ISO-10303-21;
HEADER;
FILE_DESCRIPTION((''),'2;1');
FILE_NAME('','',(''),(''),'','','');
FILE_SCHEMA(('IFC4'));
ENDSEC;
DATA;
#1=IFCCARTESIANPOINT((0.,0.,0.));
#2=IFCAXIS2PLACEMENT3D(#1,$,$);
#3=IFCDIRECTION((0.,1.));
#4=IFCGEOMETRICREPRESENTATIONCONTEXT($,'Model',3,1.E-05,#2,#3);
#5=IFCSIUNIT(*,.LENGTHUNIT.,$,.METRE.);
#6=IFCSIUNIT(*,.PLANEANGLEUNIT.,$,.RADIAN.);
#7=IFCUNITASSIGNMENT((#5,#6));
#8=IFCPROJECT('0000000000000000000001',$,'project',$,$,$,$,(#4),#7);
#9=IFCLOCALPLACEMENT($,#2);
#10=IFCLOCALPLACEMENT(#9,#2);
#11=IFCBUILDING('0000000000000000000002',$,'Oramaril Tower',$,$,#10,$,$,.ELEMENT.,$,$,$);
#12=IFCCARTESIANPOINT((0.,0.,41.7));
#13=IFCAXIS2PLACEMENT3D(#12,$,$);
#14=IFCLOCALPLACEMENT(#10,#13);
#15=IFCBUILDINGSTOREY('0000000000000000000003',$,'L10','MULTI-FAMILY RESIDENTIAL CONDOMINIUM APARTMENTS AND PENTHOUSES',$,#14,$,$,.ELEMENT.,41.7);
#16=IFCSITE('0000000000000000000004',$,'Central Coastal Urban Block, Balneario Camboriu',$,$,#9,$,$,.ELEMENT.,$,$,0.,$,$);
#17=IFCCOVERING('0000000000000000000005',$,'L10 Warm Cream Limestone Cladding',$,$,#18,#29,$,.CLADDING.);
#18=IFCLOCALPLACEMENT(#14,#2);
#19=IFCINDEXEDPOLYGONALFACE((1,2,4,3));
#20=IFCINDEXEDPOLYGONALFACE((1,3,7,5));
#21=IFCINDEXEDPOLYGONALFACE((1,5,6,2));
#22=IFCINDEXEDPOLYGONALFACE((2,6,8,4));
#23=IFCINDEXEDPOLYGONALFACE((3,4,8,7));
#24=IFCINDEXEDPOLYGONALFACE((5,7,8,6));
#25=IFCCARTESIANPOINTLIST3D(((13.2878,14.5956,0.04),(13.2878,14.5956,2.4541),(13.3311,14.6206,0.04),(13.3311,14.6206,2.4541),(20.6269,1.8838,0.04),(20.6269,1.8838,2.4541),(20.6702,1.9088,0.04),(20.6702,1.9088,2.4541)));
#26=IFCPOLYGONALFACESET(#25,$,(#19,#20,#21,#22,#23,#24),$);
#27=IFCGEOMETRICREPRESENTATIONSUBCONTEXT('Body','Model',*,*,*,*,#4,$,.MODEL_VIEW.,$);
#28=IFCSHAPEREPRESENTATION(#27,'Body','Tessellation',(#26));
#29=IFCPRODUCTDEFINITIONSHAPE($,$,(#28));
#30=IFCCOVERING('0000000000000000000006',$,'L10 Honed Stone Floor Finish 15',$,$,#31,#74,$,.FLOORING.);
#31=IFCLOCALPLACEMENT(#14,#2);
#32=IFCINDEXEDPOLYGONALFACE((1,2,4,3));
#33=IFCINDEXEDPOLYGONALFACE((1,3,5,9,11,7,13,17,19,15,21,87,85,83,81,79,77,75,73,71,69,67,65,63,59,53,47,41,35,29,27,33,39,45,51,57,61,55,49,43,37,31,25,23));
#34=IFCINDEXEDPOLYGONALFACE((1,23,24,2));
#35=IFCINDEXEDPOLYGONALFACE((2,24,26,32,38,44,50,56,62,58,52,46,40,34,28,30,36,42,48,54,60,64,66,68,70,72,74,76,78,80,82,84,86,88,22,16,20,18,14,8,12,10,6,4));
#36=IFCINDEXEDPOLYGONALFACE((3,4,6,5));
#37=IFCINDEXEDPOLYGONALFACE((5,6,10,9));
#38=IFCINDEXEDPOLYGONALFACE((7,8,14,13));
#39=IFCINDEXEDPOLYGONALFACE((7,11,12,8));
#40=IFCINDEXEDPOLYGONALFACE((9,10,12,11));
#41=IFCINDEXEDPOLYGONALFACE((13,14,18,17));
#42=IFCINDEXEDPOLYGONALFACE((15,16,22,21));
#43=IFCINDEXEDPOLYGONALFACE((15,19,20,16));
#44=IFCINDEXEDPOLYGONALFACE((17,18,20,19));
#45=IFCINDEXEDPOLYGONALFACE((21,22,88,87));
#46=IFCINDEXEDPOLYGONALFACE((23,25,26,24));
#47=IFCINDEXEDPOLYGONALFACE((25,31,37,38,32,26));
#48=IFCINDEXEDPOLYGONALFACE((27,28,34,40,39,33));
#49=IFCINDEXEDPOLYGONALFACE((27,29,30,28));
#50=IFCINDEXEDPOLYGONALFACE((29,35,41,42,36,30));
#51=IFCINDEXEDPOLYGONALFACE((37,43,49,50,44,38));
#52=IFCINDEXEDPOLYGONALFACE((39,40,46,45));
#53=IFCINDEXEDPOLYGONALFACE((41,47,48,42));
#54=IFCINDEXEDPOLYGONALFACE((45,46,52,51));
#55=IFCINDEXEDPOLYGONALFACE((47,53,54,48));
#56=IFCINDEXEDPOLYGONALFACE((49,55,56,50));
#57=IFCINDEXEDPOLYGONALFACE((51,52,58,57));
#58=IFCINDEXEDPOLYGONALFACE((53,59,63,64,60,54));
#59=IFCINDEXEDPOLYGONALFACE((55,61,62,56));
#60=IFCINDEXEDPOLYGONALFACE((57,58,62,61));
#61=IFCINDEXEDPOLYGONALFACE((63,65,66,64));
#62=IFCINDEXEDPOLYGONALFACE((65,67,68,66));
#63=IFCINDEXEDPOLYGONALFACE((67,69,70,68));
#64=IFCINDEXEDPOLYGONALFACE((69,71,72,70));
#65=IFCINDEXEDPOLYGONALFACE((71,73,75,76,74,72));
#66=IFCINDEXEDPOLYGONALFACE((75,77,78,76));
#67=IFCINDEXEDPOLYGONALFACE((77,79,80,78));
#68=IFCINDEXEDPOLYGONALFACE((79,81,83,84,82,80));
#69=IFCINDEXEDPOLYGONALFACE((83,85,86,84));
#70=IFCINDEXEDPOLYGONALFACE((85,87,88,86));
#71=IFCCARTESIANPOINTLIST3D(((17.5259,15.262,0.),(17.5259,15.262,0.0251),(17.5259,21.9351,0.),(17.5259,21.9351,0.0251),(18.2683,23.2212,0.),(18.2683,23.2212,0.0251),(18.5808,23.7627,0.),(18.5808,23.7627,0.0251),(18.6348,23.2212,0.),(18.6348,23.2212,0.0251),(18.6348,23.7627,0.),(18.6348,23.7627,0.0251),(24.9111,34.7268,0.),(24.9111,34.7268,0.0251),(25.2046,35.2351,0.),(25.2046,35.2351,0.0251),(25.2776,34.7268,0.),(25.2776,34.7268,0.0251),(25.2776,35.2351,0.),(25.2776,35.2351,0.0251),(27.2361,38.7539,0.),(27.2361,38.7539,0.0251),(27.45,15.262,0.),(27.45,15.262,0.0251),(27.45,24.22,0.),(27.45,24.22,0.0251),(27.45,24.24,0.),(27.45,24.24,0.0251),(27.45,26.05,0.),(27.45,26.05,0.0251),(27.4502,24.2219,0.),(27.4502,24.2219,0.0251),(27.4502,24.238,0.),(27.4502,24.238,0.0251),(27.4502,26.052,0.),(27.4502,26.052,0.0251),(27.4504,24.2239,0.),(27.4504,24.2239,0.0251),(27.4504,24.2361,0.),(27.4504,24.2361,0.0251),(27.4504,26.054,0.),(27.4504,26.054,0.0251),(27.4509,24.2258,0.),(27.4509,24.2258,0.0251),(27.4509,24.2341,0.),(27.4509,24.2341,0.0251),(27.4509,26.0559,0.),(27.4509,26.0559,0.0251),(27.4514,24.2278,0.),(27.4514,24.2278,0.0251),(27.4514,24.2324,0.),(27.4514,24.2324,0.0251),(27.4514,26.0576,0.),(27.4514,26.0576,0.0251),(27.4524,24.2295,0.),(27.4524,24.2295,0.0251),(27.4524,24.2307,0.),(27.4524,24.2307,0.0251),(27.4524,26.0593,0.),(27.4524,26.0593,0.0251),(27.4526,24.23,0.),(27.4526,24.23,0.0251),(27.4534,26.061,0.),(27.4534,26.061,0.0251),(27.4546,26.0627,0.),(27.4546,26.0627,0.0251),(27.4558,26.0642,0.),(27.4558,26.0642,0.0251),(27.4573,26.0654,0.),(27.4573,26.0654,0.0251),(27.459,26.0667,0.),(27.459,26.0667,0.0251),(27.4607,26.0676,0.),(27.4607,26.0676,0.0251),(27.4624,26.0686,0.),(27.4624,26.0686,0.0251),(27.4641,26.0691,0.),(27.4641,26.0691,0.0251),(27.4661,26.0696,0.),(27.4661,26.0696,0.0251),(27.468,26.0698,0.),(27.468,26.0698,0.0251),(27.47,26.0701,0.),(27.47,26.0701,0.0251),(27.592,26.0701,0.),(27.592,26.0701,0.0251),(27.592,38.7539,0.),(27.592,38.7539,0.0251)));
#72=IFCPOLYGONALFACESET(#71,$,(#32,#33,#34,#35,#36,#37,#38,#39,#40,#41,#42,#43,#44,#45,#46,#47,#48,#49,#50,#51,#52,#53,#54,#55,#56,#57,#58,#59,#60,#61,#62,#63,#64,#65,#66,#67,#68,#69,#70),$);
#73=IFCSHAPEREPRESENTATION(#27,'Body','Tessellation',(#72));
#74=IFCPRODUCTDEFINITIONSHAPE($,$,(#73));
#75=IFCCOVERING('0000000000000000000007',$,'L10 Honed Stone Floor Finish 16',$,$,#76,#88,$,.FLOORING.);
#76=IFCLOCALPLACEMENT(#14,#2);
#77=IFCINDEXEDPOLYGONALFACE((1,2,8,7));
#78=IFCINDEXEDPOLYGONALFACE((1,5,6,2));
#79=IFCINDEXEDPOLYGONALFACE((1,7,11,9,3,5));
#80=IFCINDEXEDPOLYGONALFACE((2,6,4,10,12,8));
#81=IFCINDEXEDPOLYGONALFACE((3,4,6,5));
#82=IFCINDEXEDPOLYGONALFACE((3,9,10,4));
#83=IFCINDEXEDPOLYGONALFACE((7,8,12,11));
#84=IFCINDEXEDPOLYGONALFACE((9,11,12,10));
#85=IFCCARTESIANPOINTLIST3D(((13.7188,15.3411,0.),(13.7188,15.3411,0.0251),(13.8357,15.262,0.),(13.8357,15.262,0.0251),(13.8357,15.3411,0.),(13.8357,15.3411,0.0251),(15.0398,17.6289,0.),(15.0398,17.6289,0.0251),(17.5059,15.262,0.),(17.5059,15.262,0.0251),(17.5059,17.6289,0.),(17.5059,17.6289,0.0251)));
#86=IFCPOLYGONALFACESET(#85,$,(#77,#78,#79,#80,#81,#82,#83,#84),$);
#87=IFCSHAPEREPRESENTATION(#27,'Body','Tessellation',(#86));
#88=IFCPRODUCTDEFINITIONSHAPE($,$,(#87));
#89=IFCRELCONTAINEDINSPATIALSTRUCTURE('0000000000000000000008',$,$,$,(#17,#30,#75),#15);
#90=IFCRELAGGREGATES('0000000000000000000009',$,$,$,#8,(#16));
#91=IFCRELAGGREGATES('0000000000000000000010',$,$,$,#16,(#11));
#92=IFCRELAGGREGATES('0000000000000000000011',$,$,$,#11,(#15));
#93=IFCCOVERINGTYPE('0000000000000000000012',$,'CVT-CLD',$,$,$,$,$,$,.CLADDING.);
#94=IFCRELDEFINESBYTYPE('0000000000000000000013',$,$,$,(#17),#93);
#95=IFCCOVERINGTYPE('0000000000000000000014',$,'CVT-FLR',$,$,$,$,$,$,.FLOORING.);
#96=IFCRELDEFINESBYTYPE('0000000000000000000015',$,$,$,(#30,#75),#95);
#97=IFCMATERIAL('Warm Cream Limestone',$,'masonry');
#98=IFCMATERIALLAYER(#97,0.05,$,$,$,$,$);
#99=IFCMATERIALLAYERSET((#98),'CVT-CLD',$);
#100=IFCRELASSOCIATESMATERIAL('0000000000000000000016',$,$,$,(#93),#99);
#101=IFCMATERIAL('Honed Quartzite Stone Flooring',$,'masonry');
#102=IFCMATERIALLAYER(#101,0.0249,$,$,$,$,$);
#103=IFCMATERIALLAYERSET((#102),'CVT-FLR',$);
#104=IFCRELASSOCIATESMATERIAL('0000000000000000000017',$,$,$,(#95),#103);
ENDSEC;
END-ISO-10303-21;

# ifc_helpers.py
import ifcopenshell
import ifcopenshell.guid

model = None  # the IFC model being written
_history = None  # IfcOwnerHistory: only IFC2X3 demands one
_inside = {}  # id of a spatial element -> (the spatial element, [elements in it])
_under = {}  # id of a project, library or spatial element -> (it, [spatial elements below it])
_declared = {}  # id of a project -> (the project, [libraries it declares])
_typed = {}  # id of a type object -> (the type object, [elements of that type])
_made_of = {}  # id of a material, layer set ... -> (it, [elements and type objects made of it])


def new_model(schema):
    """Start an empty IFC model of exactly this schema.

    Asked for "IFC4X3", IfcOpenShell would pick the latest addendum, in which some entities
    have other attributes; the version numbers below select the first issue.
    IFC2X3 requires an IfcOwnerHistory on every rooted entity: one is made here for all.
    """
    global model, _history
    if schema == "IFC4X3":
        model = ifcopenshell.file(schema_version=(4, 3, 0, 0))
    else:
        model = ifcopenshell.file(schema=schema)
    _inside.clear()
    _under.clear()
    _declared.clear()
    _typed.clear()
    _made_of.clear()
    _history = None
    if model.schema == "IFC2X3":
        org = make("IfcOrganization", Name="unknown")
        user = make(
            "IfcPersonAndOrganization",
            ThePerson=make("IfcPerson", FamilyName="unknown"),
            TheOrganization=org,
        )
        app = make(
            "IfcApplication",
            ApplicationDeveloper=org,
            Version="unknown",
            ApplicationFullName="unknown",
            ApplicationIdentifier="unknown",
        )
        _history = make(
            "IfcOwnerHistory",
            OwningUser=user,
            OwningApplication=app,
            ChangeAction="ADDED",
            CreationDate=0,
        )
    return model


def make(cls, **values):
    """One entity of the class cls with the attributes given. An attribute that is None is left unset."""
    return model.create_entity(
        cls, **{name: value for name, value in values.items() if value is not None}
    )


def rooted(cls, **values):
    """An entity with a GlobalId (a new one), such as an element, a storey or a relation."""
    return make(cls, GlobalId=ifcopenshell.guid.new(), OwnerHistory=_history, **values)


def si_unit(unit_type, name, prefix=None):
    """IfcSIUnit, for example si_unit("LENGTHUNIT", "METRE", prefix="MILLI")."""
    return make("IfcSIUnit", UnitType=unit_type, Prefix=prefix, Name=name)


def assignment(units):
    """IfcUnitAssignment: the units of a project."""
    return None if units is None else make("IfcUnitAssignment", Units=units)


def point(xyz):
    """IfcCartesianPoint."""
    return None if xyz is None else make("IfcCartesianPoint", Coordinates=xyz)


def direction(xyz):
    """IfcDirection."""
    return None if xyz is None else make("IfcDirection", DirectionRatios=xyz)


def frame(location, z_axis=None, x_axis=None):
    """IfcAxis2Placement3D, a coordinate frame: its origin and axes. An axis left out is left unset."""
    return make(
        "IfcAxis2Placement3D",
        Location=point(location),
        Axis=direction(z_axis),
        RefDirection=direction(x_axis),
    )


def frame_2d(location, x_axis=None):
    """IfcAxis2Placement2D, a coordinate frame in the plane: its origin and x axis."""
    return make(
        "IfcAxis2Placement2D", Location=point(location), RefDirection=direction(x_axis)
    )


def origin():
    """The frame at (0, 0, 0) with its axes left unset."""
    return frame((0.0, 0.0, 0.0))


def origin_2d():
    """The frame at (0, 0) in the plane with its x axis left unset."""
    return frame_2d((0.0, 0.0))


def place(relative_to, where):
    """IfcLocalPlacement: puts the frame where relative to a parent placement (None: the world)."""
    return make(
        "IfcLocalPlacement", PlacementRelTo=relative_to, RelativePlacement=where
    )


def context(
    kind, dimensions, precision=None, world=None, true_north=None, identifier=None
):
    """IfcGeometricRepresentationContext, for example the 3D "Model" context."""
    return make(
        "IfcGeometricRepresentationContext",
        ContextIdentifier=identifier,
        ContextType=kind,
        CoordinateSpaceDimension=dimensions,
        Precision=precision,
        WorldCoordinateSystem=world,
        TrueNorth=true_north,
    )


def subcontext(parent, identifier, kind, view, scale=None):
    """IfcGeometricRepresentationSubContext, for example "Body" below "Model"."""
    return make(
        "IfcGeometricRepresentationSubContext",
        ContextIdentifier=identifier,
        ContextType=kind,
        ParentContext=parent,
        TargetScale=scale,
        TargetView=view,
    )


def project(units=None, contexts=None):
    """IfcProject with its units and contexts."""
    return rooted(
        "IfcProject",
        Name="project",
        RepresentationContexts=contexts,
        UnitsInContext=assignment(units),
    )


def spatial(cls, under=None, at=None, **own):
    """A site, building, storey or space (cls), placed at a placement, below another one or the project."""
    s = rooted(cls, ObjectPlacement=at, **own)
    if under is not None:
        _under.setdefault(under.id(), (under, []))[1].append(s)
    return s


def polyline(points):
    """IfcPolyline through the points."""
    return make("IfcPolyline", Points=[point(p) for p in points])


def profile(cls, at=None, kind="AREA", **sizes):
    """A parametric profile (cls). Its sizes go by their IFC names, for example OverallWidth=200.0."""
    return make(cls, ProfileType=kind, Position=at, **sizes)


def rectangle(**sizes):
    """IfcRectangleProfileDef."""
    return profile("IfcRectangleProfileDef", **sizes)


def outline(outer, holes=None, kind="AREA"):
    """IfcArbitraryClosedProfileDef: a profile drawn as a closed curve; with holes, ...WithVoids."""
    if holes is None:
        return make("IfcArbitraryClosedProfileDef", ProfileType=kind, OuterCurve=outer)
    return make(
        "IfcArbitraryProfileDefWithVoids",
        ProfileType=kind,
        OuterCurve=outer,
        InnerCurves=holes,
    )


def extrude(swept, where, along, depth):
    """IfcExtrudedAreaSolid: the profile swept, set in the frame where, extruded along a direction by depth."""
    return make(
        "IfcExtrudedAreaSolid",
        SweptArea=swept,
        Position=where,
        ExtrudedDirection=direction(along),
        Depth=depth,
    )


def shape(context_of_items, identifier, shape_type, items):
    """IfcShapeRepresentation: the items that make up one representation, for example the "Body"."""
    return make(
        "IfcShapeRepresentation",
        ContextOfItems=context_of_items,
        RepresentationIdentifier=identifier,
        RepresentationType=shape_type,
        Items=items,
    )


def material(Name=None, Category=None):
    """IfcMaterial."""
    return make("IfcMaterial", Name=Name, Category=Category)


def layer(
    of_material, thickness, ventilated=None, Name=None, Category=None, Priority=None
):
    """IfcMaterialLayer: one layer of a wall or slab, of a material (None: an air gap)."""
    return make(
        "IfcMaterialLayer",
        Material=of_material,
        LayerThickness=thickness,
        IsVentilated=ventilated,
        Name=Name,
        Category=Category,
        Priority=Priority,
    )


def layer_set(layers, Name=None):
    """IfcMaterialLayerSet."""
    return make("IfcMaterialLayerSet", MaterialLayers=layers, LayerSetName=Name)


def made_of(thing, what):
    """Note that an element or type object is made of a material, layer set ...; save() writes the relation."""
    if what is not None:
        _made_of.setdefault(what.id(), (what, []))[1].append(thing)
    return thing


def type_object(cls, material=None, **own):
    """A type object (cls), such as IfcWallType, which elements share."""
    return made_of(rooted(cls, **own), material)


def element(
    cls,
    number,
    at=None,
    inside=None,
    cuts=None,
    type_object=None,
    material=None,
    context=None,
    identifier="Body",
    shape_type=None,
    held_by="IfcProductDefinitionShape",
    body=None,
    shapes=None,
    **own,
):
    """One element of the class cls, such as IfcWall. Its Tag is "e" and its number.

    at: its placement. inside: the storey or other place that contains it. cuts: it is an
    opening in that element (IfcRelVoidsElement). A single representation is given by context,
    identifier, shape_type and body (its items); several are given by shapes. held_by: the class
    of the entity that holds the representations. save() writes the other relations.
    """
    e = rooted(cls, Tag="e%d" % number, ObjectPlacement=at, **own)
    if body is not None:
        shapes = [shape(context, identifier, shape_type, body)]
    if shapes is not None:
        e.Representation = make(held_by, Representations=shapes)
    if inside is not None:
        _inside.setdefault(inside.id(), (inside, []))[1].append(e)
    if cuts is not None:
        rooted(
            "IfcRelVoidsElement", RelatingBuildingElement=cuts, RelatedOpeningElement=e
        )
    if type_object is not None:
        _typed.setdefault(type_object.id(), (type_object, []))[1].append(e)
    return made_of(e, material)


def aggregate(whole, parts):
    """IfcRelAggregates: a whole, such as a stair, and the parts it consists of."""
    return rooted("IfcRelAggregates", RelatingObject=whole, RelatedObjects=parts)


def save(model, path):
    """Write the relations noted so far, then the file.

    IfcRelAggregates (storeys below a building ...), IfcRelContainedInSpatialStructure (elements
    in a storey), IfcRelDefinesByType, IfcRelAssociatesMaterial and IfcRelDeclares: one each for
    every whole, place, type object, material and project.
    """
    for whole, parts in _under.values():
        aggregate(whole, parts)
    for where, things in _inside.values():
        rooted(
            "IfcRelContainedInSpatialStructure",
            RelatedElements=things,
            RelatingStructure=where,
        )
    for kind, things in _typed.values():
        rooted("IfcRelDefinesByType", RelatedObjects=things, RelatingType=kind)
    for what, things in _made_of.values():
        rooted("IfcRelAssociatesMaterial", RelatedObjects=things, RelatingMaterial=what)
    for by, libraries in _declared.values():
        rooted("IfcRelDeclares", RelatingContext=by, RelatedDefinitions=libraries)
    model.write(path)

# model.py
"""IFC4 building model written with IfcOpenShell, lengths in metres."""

from ifc_helpers import new_model, si_unit, direction, frame, origin, origin_2d, place, context, subcontext, project, spatial, polyline, rectangle, outline, extrude, material, layer, layer_set, type_object, element, save


model = new_model("IFC4")

# Units and contexts
model_context = context("Model", 3, precision=1e-05, world=origin(), true_north=direction((0.0, 1.0)))
body_context = subcontext(model_context, "Body", "Model", "MODEL_VIEW")
ifc_project = project(units=[si_unit("LENGTHUNIT", "METRE"), si_unit("PLANEANGLEUNIT", "RADIAN")], contexts=[model_context])

# Site, building, storey
site_placement = place(None, origin())
site = spatial("IfcSite", under=ifc_project, at=site_placement, Name="Central Coastal Urban Block, Balneario Camboriu", CompositionType="ELEMENT", RefElevation=0.0)
building_placement = place(site_placement, origin())
building = spatial("IfcBuilding", under=site, at=building_placement, Name="Oramaril Tower", CompositionType="ELEMENT")
storey_placement = place(building_placement, frame((0.0, 0.0, 41.7)))
storey = spatial("IfcBuildingStorey", under=building, at=storey_placement, Name="L10", Description="MULTI-FAMILY RESIDENTIAL CONDOMINIUM APARTMENTS AND PENTHOUSES", CompositionType="ELEMENT", Elevation=41.7)

# Coverings
ifc_material_1 = material(Name="Warm Cream Limestone", Category="masonry")
ifc_layer_1 = layer(ifc_material_1, 0.05)
ifc_layer_set_1 = layer_set([ifc_layer_1], Name="CVT-CLD")
covering_type_1 = type_object("IfcCoveringType", Name="CVT-CLD", PredefinedType="CLADDING", material=ifc_layer_set_1)
covering_1_placement = place(storey_placement, frame((16.979, 8.2522, 0.04), z_axis=(0.0, 0.0, 1.0), x_axis=(0.499997, -0.866027, 0.0)))
element("IfcCovering", 1, at=covering_1_placement, inside=storey, type_object=covering_type_1, Name="L10 Warm Cream Limestone Cladding", PredefinedType="CLADDING", context=body_context, shape_type="SweptSolid", body=[
    extrude(rectangle(XDim=14.6782, YDim=0.05, at=origin_2d()), origin(), (0.0, 0.0, 1.0), 2.4141),
])
ifc_material_2 = material(Name="Honed Quartzite Stone Flooring", Category="masonry")
ifc_layer_2 = layer(ifc_material_2, 0.0249)
ifc_layer_set_2 = layer_set([ifc_layer_2], Name="CVT-FLR")
covering_type_2 = type_object("IfcCoveringType", Name="CVT-FLR", PredefinedType="FLOORING", material=ifc_layer_set_2)
covering_2_placement = place(storey_placement, origin())
element("IfcCovering", 2, at=covering_2_placement, inside=storey, type_object=covering_type_2, Name="L10 Honed Stone Floor Finish 15", PredefinedType="FLOORING", context=body_context, shape_type="SweptSolid", body=[
    extrude(outline(polyline([(17.5259, 21.9351), (18.2683, 23.2212), (18.6348, 23.2212), (18.6348, 23.7627), (18.5808, 23.7627), (24.9111, 34.7268), (25.2776, 34.7268), (25.2776, 35.2351), (25.2046, 35.2351), (27.2361, 38.7539), (27.592, 38.7539), (27.592, 26.0701), (27.47, 26.0701), (27.468, 26.0698), (27.4661, 26.0696), (27.4641, 26.0691), (27.4624, 26.0686), (27.4607, 26.0676), (27.459, 26.0667), (27.4573, 26.0654), (27.4558, 26.0642), (27.4546, 26.0627), (27.4534, 26.061), (27.4524, 26.0593), (27.4514, 26.0576), (27.4509, 26.0559), (27.4504, 26.054), (27.4502, 26.052), (27.45, 26.05), (27.45, 24.24), (27.4502, 24.238), (27.4504, 24.2361), (27.4509, 24.2341), (27.4514, 24.2324), (27.4524, 24.2307), (27.4526, 24.23), (27.4524, 24.2295), (27.4514, 24.2278), (27.4509, 24.2258), (27.4504, 24.2239), (27.4502, 24.2219), (27.45, 24.22), (27.45, 15.262), (17.5259, 15.262), (17.5259, 21.9351)])), origin(), (0.0, 0.0, 1.0), 0.0251),
])
covering_3_placement = place(storey_placement, origin())
element("IfcCovering", 3, at=covering_3_placement, inside=storey, type_object=covering_type_2, Name="L10 Honed Stone Floor Finish 16", PredefinedType="FLOORING", context=body_context, shape_type="SweptSolid", body=[
    extrude(outline(polyline([(13.8357, 15.3411), (13.7188, 15.3411), (15.0398, 17.6289), (17.5059, 17.6289), (17.5059, 15.262), (13.8357, 15.262), (13.8357, 15.3411)])), origin(), (0.0, 0.0, 1.0), 0.0251),
])

save(model, "model.ifc")
